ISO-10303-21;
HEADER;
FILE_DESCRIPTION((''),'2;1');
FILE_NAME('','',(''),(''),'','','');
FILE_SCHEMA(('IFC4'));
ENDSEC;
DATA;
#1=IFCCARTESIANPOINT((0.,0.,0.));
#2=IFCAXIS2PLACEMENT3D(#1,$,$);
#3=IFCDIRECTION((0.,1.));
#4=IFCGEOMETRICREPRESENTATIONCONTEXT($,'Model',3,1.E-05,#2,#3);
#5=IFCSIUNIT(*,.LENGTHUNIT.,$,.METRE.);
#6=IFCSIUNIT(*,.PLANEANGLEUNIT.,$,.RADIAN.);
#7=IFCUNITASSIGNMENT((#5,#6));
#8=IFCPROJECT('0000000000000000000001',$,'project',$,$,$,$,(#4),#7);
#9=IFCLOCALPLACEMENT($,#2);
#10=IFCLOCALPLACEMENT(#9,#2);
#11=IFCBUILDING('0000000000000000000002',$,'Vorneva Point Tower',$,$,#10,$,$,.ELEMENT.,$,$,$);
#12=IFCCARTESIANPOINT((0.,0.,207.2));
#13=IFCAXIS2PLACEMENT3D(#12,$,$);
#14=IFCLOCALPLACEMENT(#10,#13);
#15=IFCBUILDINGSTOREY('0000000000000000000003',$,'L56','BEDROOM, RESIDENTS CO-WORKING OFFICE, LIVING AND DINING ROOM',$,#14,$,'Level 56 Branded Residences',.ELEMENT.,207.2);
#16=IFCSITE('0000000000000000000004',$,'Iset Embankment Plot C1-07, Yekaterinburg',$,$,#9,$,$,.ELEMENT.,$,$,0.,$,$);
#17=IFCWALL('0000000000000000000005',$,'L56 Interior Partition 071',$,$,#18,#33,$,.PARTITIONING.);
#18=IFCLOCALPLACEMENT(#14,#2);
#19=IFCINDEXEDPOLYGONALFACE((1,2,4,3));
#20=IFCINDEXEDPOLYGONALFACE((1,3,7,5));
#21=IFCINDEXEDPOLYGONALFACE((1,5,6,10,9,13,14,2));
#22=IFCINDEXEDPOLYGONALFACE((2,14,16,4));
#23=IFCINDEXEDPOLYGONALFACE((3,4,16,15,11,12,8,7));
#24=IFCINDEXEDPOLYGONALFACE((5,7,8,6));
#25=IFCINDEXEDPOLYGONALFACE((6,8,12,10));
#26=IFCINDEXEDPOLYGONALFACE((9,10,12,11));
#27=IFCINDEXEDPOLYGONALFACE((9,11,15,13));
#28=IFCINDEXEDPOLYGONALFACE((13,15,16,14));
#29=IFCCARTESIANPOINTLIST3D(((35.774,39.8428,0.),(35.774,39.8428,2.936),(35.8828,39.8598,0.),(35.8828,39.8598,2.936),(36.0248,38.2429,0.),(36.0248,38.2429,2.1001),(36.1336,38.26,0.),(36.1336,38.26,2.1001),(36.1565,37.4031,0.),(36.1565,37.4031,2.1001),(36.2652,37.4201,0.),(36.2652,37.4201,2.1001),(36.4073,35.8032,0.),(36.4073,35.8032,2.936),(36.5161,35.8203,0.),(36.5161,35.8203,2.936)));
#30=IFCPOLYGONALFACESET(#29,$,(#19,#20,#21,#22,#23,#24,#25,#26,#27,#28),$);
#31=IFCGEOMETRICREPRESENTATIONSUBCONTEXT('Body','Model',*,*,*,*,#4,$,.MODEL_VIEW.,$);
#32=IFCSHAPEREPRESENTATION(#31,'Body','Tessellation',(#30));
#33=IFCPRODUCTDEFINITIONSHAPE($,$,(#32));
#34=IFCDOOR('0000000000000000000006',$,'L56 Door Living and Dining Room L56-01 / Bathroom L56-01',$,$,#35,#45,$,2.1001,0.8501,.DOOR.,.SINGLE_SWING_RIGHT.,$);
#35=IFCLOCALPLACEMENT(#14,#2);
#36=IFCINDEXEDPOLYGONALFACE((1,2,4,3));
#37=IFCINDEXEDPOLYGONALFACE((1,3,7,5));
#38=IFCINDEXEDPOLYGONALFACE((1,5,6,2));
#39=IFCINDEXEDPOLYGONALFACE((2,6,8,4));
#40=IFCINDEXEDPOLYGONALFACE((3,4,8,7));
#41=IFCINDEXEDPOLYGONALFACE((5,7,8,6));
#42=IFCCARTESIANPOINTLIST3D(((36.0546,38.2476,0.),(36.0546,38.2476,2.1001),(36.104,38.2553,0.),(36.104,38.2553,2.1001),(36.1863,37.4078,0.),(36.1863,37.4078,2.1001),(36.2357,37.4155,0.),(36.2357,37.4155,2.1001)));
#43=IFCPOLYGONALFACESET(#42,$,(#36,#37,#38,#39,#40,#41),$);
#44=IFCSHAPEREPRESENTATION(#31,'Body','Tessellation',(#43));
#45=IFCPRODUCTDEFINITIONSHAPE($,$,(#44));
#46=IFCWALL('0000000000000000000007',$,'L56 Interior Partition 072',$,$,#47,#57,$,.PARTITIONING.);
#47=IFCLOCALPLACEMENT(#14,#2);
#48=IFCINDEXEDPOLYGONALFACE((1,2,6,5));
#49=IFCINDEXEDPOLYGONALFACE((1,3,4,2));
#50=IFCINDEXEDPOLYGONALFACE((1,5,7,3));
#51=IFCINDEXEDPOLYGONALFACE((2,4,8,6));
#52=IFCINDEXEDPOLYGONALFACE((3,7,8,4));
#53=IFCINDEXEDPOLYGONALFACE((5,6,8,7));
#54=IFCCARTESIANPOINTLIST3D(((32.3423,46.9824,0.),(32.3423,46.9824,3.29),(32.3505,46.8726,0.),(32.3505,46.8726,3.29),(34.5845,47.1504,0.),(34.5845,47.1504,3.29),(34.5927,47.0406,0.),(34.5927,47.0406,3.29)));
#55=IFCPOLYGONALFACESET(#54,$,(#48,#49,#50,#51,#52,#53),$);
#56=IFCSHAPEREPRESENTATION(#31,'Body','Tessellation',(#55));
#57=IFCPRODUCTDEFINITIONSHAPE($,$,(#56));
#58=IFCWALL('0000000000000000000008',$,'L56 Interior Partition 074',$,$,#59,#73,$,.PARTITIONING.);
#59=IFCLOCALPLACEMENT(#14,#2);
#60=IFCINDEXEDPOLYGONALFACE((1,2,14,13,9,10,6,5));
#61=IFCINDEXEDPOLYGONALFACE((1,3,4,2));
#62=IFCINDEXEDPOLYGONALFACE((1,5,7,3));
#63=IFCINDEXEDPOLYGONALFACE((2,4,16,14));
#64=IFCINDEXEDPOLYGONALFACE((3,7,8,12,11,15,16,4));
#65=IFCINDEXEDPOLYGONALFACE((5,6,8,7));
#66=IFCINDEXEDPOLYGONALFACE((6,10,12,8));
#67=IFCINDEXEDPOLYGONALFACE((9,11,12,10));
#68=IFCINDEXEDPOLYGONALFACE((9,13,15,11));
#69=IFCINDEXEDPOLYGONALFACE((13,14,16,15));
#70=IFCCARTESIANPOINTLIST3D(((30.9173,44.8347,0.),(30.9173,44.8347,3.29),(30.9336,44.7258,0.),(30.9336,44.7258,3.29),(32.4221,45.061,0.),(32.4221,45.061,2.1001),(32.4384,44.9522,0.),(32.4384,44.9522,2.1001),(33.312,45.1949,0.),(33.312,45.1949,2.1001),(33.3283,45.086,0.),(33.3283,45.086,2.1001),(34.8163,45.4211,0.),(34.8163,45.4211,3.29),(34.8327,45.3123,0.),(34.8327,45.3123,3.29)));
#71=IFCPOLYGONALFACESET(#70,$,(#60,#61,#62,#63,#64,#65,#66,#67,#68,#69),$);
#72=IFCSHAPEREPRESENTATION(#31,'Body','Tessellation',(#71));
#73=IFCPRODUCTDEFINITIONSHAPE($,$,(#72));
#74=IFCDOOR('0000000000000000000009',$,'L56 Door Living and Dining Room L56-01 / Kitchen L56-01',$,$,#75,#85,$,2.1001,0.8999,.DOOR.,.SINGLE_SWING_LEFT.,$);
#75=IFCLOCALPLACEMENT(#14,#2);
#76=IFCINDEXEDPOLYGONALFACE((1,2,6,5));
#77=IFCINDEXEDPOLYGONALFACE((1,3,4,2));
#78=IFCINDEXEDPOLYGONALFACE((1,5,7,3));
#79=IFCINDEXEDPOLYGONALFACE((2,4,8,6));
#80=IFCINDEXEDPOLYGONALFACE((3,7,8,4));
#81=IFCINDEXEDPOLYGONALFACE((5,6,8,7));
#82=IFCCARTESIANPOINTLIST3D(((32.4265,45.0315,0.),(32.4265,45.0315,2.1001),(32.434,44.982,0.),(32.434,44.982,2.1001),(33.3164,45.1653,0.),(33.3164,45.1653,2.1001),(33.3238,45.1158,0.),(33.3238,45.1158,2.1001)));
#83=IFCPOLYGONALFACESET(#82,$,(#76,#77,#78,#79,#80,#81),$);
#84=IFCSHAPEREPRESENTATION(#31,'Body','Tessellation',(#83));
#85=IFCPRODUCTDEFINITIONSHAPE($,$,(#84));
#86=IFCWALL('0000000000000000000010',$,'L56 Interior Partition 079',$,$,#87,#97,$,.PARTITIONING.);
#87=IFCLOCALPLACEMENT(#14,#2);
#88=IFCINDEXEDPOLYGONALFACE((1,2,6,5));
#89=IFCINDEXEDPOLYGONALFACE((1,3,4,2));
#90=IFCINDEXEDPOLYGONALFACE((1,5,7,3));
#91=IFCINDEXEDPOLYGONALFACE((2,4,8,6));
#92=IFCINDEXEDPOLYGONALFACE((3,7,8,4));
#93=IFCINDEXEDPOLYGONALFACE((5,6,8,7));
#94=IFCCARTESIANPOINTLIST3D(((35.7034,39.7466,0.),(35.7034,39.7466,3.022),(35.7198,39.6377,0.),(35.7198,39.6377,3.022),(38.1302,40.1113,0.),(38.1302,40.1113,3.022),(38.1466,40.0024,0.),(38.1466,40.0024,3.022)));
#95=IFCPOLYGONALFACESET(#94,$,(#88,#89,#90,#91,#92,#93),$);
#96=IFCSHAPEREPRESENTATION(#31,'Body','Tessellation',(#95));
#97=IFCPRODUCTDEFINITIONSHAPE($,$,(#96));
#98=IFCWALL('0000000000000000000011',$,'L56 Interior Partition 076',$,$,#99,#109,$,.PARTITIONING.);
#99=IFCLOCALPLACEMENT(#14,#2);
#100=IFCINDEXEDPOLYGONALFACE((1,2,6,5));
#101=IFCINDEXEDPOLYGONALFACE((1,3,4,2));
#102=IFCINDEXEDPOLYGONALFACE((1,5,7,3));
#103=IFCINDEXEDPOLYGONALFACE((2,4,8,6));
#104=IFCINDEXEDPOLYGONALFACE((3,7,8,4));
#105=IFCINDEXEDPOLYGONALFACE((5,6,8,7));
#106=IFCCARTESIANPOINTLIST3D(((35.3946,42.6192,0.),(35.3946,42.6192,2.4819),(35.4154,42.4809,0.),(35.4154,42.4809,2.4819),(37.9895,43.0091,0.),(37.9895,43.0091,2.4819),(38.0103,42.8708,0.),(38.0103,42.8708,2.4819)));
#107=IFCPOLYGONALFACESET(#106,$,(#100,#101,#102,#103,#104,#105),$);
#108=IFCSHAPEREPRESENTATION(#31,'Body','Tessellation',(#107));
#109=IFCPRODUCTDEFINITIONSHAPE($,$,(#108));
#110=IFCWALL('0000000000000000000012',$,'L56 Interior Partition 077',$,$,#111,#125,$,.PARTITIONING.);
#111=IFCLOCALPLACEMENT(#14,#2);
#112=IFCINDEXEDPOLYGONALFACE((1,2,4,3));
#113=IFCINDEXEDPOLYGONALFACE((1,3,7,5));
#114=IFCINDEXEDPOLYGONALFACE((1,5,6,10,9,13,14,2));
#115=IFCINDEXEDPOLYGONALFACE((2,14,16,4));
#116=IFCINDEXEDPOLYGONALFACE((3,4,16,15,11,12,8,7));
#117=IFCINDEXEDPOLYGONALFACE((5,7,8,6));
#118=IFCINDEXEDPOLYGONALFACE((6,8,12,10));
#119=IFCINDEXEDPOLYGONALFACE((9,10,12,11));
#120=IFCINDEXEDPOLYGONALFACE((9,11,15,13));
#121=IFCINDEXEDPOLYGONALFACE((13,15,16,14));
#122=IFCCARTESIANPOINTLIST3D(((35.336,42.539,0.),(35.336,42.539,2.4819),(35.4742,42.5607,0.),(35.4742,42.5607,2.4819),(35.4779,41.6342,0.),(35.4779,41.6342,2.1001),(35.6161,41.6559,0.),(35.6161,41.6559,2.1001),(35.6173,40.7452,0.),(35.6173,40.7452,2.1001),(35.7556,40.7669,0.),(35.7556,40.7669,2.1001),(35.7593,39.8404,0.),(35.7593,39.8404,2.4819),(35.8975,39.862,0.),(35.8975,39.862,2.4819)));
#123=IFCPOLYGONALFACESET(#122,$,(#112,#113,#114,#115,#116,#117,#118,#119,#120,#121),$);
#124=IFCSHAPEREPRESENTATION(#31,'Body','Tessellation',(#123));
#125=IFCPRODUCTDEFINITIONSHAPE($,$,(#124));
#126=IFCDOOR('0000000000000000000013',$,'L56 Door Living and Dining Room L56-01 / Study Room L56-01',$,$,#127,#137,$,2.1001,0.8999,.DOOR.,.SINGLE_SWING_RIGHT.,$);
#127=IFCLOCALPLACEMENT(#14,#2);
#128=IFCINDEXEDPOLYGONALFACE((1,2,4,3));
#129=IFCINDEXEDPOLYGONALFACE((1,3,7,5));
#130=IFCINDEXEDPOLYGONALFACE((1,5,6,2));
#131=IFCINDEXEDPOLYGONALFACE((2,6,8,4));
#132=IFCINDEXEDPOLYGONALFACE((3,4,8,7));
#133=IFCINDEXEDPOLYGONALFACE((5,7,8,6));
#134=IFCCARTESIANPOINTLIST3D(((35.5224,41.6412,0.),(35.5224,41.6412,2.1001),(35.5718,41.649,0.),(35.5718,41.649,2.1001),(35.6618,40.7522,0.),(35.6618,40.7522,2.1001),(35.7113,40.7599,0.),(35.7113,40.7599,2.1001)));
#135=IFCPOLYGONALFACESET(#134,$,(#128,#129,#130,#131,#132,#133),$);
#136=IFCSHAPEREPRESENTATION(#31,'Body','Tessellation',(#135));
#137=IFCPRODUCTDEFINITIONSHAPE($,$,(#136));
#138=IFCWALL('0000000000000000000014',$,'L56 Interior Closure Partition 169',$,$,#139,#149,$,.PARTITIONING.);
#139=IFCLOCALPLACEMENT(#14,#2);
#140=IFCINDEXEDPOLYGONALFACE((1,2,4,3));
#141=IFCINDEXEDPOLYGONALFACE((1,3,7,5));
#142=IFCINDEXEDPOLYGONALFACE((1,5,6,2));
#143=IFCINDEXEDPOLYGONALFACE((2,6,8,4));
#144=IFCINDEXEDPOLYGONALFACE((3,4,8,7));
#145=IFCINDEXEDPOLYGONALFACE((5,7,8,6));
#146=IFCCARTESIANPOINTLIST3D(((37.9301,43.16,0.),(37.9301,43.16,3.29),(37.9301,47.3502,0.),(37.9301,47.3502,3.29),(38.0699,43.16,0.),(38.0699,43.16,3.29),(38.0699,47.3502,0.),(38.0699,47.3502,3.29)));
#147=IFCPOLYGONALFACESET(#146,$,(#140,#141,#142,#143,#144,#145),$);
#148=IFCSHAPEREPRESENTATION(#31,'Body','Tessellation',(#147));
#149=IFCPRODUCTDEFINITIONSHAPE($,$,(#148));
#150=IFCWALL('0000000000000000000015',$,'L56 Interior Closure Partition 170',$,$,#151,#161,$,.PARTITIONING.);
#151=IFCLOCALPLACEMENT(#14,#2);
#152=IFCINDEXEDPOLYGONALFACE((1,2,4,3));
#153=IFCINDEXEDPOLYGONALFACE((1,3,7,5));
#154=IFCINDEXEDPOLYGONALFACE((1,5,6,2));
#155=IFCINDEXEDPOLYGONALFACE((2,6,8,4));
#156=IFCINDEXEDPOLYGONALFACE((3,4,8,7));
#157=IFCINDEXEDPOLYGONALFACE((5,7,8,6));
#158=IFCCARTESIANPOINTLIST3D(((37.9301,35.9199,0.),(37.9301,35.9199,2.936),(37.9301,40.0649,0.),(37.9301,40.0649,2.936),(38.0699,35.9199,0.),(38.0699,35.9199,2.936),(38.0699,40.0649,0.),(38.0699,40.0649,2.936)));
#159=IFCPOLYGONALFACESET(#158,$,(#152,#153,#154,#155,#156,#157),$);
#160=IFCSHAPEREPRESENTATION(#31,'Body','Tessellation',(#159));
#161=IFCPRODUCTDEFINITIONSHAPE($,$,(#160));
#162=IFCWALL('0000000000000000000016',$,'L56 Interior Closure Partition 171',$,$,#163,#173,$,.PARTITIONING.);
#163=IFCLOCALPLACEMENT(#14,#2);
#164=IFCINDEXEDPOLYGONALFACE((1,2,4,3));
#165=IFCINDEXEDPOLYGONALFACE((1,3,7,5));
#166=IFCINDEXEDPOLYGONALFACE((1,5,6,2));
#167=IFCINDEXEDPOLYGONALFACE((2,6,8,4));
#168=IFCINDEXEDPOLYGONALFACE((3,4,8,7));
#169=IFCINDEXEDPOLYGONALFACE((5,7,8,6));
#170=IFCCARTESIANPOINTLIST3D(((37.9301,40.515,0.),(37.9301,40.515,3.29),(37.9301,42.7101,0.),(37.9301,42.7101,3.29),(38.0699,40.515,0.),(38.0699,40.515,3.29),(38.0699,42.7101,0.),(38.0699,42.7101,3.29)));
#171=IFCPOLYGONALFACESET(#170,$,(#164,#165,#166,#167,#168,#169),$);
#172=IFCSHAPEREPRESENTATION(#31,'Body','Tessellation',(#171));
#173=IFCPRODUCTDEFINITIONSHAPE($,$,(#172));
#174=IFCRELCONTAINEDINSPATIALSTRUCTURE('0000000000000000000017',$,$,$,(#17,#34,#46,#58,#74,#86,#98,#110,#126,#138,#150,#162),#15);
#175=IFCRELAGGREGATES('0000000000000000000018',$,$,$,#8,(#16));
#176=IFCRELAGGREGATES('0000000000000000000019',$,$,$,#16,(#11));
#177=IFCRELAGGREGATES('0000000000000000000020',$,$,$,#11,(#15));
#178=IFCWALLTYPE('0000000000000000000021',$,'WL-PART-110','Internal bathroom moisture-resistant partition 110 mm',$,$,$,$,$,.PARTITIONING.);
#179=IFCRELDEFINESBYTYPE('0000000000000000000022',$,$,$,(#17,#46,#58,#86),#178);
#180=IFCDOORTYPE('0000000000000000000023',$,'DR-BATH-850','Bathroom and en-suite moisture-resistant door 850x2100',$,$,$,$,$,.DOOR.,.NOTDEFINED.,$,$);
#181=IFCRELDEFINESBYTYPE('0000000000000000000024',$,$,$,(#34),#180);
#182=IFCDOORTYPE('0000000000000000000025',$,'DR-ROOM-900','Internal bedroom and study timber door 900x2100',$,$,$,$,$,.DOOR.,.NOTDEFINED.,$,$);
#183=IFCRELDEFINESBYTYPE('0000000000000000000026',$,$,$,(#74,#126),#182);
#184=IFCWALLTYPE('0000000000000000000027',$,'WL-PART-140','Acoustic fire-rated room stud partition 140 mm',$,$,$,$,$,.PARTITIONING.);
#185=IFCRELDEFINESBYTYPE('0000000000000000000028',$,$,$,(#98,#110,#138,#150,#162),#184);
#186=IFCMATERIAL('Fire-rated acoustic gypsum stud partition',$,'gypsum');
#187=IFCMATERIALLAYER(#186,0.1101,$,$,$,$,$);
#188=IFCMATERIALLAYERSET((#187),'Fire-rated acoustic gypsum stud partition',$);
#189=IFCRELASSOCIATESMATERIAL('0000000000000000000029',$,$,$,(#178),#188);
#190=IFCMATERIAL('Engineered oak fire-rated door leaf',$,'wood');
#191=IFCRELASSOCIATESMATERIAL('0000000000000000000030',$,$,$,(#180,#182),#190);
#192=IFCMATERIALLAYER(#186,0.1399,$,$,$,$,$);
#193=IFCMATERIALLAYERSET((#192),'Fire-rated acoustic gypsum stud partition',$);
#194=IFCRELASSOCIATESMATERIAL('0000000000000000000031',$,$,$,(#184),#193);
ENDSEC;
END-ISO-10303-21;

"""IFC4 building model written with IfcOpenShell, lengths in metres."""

from ifc_helpers import new_model, si_unit, direction, frame, frame_2d, origin, place, context, subcontext, project, spatial, rectangle, extrude, material, layer, layer_set, type_object, element, fill, save


model = new_model("IFC4")

# Units and contexts
model_context = context("Model", 3, precision=1e-05, world=origin(), true_north=direction((0.0, 1.0)))
body_context = subcontext(model_context, "Body", "Model", "MODEL_VIEW")
ifc_project = project(units=[si_unit("LENGTHUNIT", "METRE"), si_unit("PLANEANGLEUNIT", "RADIAN")], contexts=[model_context])

# Site, building, storey
site_placement = place(None, origin())
site = spatial("IfcSite", under=ifc_project, at=site_placement, Name="Iset Embankment Plot C1-07, Yekaterinburg", CompositionType="ELEMENT", RefElevation=0.0)
building_placement = place(site_placement, origin())
building = spatial("IfcBuilding", under=site, at=building_placement, Name="Vorneva Point Tower", CompositionType="ELEMENT")
storey_placement = place(building_placement, frame((0.0, 0.0, 207.2)))
storey = spatial("IfcBuildingStorey", under=building, at=storey_placement, Name="L56", Description="BEDROOM, RESIDENTS CO-WORKING OFFICE, LIVING AND DINING ROOM", LongName="Level 56 Branded Residences", CompositionType="ELEMENT", Elevation=207.2)

# Wall, opening, door
ifc_material_1 = material(Name="Fire-rated acoustic gypsum stud partition", Category="gypsum")
ifc_layer_1 = layer(ifc_material_1, 0.1101)
ifc_layer_set_1 = layer_set([ifc_layer_1], Name="Fire-rated acoustic gypsum stud partition")
wall_type_1 = type_object("IfcWallType", Name="WL-PART-110", Description="Internal bathroom moisture-resistant partition 110 mm", PredefinedType="PARTITIONING", material=ifc_layer_set_1)
wall_1_placement = place(storey_placement, frame((36.4617, 35.8118, 0.0), z_axis=(0.0, 0.0, 1.0), x_axis=(-0.154883, 0.987933, 0.0)))
wall_1 = element("IfcWall", 1, at=wall_1_placement, inside=storey, type_object=wall_type_1, Name="L56 Interior Partition 071", PredefinedType="PARTITIONING", context=body_context, shape_type="SweptSolid", body=[
    extrude(rectangle(XDim=4.0889, YDim=0.1101, at=frame_2d((2.0444, 0.0))), origin(), (0.0, 0.0, 1.0), 2.936),
])
opening_1_placement = place(wall_1_placement, frame((1.6194, 0.0, 0.0)))
opening_1 = element("IfcOpeningElement", 2, at=opening_1_placement, cuts=wall_1, PredefinedType="OPENING", context=body_context, shape_type="SweptSolid", body=[
    extrude(rectangle(XDim=0.8501, YDim=2.1001, at=frame_2d((0.425, 1.05))), frame((0.0, 0.0698, 0.0), z_axis=(0.0, -1.0, 0.0), x_axis=(1.0, 0.0, 0.0)), (0.0, 0.0, 1.0), 0.1399),
])
ifc_material_2 = material(Name="Engineered oak fire-rated door leaf", Category="wood")
door_type_1 = type_object("IfcDoorType", Name="DR-BATH-850", Description="Bathroom and en-suite moisture-resistant door 850x2100", OperationType="NOTDEFINED", PredefinedType="DOOR", material=ifc_material_2)
door_1_placement = place(opening_1_placement, origin())
door_1 = element("IfcDoor", 3, at=door_1_placement, inside=storey, type_object=door_type_1, Name="L56 Door Living and Dining Room L56-01 / Bathroom L56-01", OperationType="SINGLE_SWING_RIGHT", OverallHeight=2.1001, OverallWidth=0.8501, PredefinedType="DOOR", context=body_context, shape_type="SweptSolid", body=[
    extrude(rectangle(XDim=0.8501, YDim=2.1001, at=frame_2d((0.425, 1.05))), frame((0.0, 0.0249, 0.0), z_axis=(0.0, -1.0, 0.0), x_axis=(1.0, 0.0, 0.0)), (0.0, 0.0, 1.0), 0.05),
])
fill(opening_1, door_1)

# Wall
wall_2_placement = place(storey_placement, frame((34.5886, 47.0955, 0.0), z_axis=(0.0, 0.0, 1.0), x_axis=(-0.997206, -0.074704, 0.0)))
element("IfcWall", 4, at=wall_2_placement, inside=storey, type_object=wall_type_1, Name="L56 Interior Partition 072", PredefinedType="PARTITIONING", context=body_context, shape_type="SweptSolid", body=[
    extrude(rectangle(XDim=2.2485, YDim=0.1101, at=frame_2d((1.1243, 0.0))), origin(), (0.0, 0.0, 1.0), 3.29),
])

# Wall, opening, door
wall_3_placement = place(storey_placement, frame((34.8245, 45.3667, 0.0), z_axis=(0.0, 0.0, 1.0), x_axis=(-0.988877, -0.148734, 0.0)))
wall_3 = element("IfcWall", 5, at=wall_3_placement, inside=storey, type_object=wall_type_1, Name="L56 Interior Partition 074", PredefinedType="PARTITIONING", context=body_context, shape_type="SweptSolid", body=[
    extrude(rectangle(XDim=3.9429, YDim=0.1101, at=frame_2d((1.9714, 0.0))), origin(), (0.0, 0.0, 1.0), 3.29),
])
opening_2_placement = place(wall_3_placement, frame((1.5212, 0.0, 0.0)))
opening_2 = element("IfcOpeningElement", 6, at=opening_2_placement, cuts=wall_3, PredefinedType="OPENING", context=body_context, shape_type="SweptSolid", body=[
    extrude(rectangle(XDim=0.8999, YDim=2.1001, at=frame_2d((0.45, 1.05))), frame((0.0, 0.0698, 0.0), z_axis=(0.0, -1.0, 0.0), x_axis=(1.0, 0.0, 0.0)), (0.0, 0.0, 1.0), 0.1399),
])
door_type_2 = type_object("IfcDoorType", Name="DR-ROOM-900", Description="Internal bedroom and study timber door 900x2100", OperationType="NOTDEFINED", PredefinedType="DOOR", material=ifc_material_2)
door_2_placement = place(opening_2_placement, origin())
door_2 = element("IfcDoor", 7, at=door_2_placement, inside=storey, type_object=door_type_2, Name="L56 Door Living and Dining Room L56-01 / Kitchen L56-01", OperationType="SINGLE_SWING_LEFT", OverallHeight=2.1001, OverallWidth=0.8999, PredefinedType="DOOR", context=body_context, shape_type="SweptSolid", body=[
    extrude(rectangle(XDim=0.8999, YDim=2.1001, at=frame_2d((0.45, 1.05))), frame((0.0, 0.0249, 0.0), z_axis=(0.0, -1.0, 0.0), x_axis=(1.0, 0.0, 0.0)), (0.0, 0.0, 1.0), 0.05),
])
fill(opening_2, door_2)

# Walls
wall_4_placement = place(storey_placement, frame((38.1384, 40.0569, 0.0), z_axis=(0.0, 0.0, 1.0), x_axis=(-0.988893, -0.148632, 0.0)))
element("IfcWall", 8, at=wall_4_placement, inside=storey, type_object=wall_type_1, Name="L56 Interior Partition 079", PredefinedType="PARTITIONING", context=body_context, shape_type="SweptSolid", body=[
    extrude(rectangle(XDim=2.4541, YDim=0.1101, at=frame_2d((1.2271, 0.0))), origin(), (0.0, 0.0, 1.0), 3.022),
])
ifc_layer_2 = layer(ifc_material_1, 0.1399)
ifc_layer_set_2 = layer_set([ifc_layer_2], Name="Fire-rated acoustic gypsum stud partition")
wall_type_2 = type_object("IfcWallType", Name="WL-PART-140", Description="Acoustic fire-rated room stud partition 140 mm", PredefinedType="PARTITIONING", material=ifc_layer_set_2)
wall_5_placement = place(storey_placement, frame((35.405, 42.55, 0.0), z_axis=(0.0, 0.0, 1.0), x_axis=(0.9889, 0.148582, 0.0)))
element("IfcWall", 9, at=wall_5_placement, inside=storey, type_object=wall_type_2, Name="L56 Interior Partition 076", PredefinedType="PARTITIONING", context=body_context, shape_type="SweptSolid", body=[
    extrude(rectangle(XDim=2.624, YDim=0.1399, at=frame_2d((1.312, 0.0))), origin(), (0.0, 0.0, 1.0), 2.4819),
])

# Wall, opening, door
wall_6_placement = place(storey_placement, frame((35.8284, 39.8513, 0.0), z_axis=(0.0, 0.0, 1.0), x_axis=(-0.154971, 0.987919, 0.0)))
wall_6 = element("IfcWall", 10, at=wall_6_placement, inside=storey, type_object=wall_type_2, Name="L56 Interior Partition 077", PredefinedType="PARTITIONING", context=body_context, shape_type="SweptSolid", body=[
    extrude(rectangle(XDim=2.7317, YDim=0.1399, at=frame_2d((1.3657, 0.0))), origin(), (0.0, 0.0, 1.0), 2.4819),
])
opening_3_placement = place(wall_6_placement, frame((0.9158, 0.0, 0.0)))
opening_3 = element("IfcOpeningElement", 11, at=opening_3_placement, cuts=wall_6, PredefinedType="OPENING", context=body_context, shape_type="SweptSolid", body=[
    extrude(rectangle(XDim=0.8999, YDim=2.1001, at=frame_2d((0.45, 1.05))), frame((0.0, 0.085, 0.0), z_axis=(0.0, -1.0, 0.0), x_axis=(1.0, 0.0, 0.0)), (0.0, 0.0, 1.0), 0.1697),
])
door_3_placement = place(opening_3_placement, origin())
door_3 = element("IfcDoor", 12, at=door_3_placement, inside=storey, type_object=door_type_2, Name="L56 Door Living and Dining Room L56-01 / Study Room L56-01", OperationType="SINGLE_SWING_RIGHT", OverallHeight=2.1001, OverallWidth=0.8999, PredefinedType="DOOR", context=body_context, shape_type="SweptSolid", body=[
    extrude(rectangle(XDim=0.8999, YDim=2.1001, at=frame_2d((0.45, 1.05))), frame((0.0, 0.0249, 0.0), z_axis=(0.0, -1.0, 0.0), x_axis=(1.0, 0.0, 0.0)), (0.0, 0.0, 1.0), 0.05),
])
fill(opening_3, door_3)

# Walls
wall_7_placement = place(storey_placement, frame((38.0, 43.1599, 0.0), z_axis=(0.0, 0.0, 1.0), x_axis=(0.0, 1.0, 0.0)))
element("IfcWall", 13, at=wall_7_placement, inside=storey, type_object=wall_type_2, Name="L56 Interior Closure Partition 169", PredefinedType="PARTITIONING", context=body_context, shape_type="SweptSolid", body=[
    extrude(rectangle(XDim=4.1902, YDim=0.1399, at=frame_2d((2.0952, 0.0))), origin(), (0.0, 0.0, 1.0), 3.29),
])
wall_8_placement = place(storey_placement, frame((38.0, 35.9199, 0.0), z_axis=(0.0, 0.0, 1.0), x_axis=(0.0, 1.0, 0.0)))
element("IfcWall", 14, at=wall_8_placement, inside=storey, type_object=wall_type_2, Name="L56 Interior Closure Partition 170", PredefinedType="PARTITIONING", context=body_context, shape_type="SweptSolid", body=[
    extrude(rectangle(XDim=4.145, YDim=0.1399, at=frame_2d((2.0725, 0.0))), origin(), (0.0, 0.0, 1.0), 2.936),
])
wall_9_placement = place(storey_placement, frame((38.0, 40.5149, 0.0), z_axis=(0.0, 0.0, 1.0), x_axis=(0.0, 1.0, 0.0)))
element("IfcWall", 15, at=wall_9_placement, inside=storey, type_object=wall_type_2, Name="L56 Interior Closure Partition 171", PredefinedType="PARTITIONING", context=body_context, shape_type="SweptSolid", body=[
    extrude(rectangle(XDim=2.1951, YDim=0.1399, at=frame_2d((1.0977, 0.0))), origin(), (0.0, 0.0, 1.0), 3.29),
])

save(model, "model.ifc")
